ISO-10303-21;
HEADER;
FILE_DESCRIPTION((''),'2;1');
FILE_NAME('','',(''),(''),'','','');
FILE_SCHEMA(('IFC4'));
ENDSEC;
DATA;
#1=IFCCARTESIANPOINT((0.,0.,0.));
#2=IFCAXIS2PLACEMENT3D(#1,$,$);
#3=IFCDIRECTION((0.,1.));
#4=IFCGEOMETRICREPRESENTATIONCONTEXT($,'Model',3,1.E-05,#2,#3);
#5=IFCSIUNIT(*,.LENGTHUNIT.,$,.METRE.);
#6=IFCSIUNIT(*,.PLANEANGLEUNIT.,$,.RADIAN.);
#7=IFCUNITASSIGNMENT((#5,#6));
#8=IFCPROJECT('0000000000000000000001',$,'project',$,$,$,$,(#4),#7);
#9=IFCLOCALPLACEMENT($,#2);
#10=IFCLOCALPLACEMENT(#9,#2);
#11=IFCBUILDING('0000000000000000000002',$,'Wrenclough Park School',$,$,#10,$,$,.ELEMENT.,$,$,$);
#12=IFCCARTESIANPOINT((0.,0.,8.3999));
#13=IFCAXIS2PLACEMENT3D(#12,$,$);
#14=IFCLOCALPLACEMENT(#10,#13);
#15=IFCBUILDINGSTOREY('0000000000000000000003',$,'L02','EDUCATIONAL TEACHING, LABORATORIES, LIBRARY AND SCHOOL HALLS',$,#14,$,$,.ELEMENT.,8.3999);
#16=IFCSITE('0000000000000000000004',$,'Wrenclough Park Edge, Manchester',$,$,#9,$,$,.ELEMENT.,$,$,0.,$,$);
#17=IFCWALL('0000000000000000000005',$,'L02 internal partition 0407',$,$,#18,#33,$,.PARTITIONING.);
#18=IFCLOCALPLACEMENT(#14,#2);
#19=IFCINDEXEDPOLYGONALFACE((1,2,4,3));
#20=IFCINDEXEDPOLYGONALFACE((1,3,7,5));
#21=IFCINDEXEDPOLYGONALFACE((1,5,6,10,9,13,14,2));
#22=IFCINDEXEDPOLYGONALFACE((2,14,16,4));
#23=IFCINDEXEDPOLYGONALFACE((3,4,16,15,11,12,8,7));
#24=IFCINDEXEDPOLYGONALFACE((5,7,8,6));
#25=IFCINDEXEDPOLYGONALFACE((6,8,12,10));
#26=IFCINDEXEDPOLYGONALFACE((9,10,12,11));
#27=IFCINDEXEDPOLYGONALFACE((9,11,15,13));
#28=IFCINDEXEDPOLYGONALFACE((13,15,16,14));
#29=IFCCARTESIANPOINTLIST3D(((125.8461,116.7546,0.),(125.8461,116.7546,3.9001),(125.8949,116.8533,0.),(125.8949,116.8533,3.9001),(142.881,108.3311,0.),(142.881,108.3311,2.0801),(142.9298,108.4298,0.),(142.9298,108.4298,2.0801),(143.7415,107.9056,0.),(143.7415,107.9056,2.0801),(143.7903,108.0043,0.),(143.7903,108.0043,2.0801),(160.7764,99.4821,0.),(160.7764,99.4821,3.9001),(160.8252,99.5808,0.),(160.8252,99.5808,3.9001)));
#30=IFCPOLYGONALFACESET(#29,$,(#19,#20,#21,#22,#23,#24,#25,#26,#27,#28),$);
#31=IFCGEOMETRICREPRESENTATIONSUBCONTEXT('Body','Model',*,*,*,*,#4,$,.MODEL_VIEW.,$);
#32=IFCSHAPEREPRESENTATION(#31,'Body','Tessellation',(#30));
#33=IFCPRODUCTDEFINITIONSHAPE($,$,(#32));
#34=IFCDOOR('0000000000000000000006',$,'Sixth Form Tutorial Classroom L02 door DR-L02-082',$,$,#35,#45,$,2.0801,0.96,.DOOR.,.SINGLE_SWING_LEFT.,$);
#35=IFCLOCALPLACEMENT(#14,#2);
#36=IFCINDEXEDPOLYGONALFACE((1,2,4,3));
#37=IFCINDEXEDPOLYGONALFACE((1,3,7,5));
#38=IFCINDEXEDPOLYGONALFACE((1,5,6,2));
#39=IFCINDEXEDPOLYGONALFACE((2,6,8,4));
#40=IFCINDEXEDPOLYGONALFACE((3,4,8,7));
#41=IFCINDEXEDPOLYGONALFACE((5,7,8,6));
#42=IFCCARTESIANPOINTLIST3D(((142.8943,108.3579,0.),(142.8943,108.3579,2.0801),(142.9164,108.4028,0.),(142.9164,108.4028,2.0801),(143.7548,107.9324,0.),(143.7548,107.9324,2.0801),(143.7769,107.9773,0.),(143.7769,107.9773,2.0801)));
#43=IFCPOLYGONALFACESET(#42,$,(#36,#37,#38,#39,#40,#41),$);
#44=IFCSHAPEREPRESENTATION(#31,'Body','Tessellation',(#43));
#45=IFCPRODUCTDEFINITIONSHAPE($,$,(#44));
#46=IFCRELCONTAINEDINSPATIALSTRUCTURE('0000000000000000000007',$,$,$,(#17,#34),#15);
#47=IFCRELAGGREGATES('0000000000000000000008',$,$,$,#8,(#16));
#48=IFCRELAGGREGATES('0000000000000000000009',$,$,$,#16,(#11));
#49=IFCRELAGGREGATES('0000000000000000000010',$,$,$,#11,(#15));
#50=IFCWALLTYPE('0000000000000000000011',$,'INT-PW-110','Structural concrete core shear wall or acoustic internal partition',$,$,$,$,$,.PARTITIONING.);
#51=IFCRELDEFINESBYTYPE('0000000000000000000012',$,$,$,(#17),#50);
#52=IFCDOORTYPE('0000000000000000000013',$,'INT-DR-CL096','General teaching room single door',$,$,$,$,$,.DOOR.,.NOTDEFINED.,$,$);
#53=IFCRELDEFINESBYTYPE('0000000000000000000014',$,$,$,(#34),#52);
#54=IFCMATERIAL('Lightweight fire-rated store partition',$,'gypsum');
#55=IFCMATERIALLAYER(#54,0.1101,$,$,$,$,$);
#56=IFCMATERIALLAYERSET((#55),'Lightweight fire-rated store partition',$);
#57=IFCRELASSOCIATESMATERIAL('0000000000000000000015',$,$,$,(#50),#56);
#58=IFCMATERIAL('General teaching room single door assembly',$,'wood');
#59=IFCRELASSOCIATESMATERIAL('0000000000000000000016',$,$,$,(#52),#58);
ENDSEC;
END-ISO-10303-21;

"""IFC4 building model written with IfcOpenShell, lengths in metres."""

from ifc_helpers import new_model, si_unit, direction, frame, frame_2d, origin, place, context, subcontext, project, spatial, rectangle, extrude, material, layer, layer_set, type_object, element, fill, save


model = new_model("IFC4")

# Units and contexts
model_context = context("Model", 3, precision=1e-05, world=origin(), true_north=direction((0.0, 1.0)))
body_context = subcontext(model_context, "Body", "Model", "MODEL_VIEW")
ifc_project = project(units=[si_unit("LENGTHUNIT", "METRE"), si_unit("PLANEANGLEUNIT", "RADIAN")], contexts=[model_context])

# Site, building, storey
site_placement = place(None, origin())
site = spatial("IfcSite", under=ifc_project, at=site_placement, Name="Wrenclough Park Edge, Manchester", CompositionType="ELEMENT", RefElevation=0.0)
building_placement = place(site_placement, origin())
building = spatial("IfcBuilding", under=site, at=building_placement, Name="Wrenclough Park School", CompositionType="ELEMENT")
storey_placement = place(building_placement, frame((0.0, 0.0, 8.3999)))
storey = spatial("IfcBuildingStorey", under=building, at=storey_placement, Name="L02", Description="EDUCATIONAL TEACHING, LABORATORIES, LIBRARY AND SCHOOL HALLS", CompositionType="ELEMENT", Elevation=8.3999)

# Wall, opening, door
ifc_material_1 = material(Name="Lightweight fire-rated store partition", Category="gypsum")
ifc_layer_1 = layer(ifc_material_1, 0.1101)
ifc_layer_set_1 = layer_set([ifc_layer_1], Name="Lightweight fire-rated store partition")
wall_type_1 = type_object("IfcWallType", Name="INT-PW-110", Description="Structural concrete core shear wall or acoustic internal partition", PredefinedType="PARTITIONING", material=ifc_layer_set_1)
wall_1_placement = place(storey_placement, frame((125.8704, 116.804, 0.0), z_axis=(0.0, 0.0, 1.0), x_axis=(0.896397, -0.443252, 0.0)))
wall_1 = element("IfcWall", 1, at=wall_1_placement, inside=storey, type_object=wall_type_1, Name="L02 internal partition 0407", PredefinedType="PARTITIONING", context=body_context, shape_type="SweptSolid", body=[
    extrude(rectangle(XDim=38.9675, YDim=0.1101, at=frame_2d((19.4839, 0.0))), origin(), (0.0, 0.0, 1.0), 3.9001),
])
opening_1_placement = place(wall_1_placement, frame((19.0039, 0.0, 0.0)))
opening_1 = element("IfcOpeningElement", 2, at=opening_1_placement, cuts=wall_1, PredefinedType="OPENING", context=body_context, shape_type="SweptSolid", body=[
    extrude(rectangle(XDim=0.96, YDim=2.0801, at=frame_2d((0.48, 1.04))), frame((0.0, 0.0649, 0.0), z_axis=(0.0, -1.0, 0.0), x_axis=(1.0, 0.0, 0.0)), (0.0, 0.0, 1.0), 0.1301),
])
ifc_material_2 = material(Name="General teaching room single door assembly", Category="wood")
door_type = type_object("IfcDoorType", Name="INT-DR-CL096", Description="General teaching room single door", OperationType="NOTDEFINED", PredefinedType="DOOR", material=ifc_material_2)
door_placement = place(opening_1_placement, origin())
door = element("IfcDoor", 3, at=door_placement, inside=storey, type_object=door_type, Name="Sixth Form Tutorial Classroom L02 door DR-L02-082", OperationType="SINGLE_SWING_LEFT", OverallHeight=2.0801, OverallWidth=0.96, PredefinedType="DOOR", context=body_context, shape_type="SweptSolid", body=[
    extrude(rectangle(XDim=0.96, YDim=2.0801, at=frame_2d((0.48, 1.04))), frame((0.0, 0.0249, 0.0), z_axis=(0.0, -1.0, 0.0), x_axis=(1.0, 0.0, 0.0)), (0.0, 0.0, 1.0), 0.05),
])
fill(opening_1, door)

save(model, "model.ifc")
